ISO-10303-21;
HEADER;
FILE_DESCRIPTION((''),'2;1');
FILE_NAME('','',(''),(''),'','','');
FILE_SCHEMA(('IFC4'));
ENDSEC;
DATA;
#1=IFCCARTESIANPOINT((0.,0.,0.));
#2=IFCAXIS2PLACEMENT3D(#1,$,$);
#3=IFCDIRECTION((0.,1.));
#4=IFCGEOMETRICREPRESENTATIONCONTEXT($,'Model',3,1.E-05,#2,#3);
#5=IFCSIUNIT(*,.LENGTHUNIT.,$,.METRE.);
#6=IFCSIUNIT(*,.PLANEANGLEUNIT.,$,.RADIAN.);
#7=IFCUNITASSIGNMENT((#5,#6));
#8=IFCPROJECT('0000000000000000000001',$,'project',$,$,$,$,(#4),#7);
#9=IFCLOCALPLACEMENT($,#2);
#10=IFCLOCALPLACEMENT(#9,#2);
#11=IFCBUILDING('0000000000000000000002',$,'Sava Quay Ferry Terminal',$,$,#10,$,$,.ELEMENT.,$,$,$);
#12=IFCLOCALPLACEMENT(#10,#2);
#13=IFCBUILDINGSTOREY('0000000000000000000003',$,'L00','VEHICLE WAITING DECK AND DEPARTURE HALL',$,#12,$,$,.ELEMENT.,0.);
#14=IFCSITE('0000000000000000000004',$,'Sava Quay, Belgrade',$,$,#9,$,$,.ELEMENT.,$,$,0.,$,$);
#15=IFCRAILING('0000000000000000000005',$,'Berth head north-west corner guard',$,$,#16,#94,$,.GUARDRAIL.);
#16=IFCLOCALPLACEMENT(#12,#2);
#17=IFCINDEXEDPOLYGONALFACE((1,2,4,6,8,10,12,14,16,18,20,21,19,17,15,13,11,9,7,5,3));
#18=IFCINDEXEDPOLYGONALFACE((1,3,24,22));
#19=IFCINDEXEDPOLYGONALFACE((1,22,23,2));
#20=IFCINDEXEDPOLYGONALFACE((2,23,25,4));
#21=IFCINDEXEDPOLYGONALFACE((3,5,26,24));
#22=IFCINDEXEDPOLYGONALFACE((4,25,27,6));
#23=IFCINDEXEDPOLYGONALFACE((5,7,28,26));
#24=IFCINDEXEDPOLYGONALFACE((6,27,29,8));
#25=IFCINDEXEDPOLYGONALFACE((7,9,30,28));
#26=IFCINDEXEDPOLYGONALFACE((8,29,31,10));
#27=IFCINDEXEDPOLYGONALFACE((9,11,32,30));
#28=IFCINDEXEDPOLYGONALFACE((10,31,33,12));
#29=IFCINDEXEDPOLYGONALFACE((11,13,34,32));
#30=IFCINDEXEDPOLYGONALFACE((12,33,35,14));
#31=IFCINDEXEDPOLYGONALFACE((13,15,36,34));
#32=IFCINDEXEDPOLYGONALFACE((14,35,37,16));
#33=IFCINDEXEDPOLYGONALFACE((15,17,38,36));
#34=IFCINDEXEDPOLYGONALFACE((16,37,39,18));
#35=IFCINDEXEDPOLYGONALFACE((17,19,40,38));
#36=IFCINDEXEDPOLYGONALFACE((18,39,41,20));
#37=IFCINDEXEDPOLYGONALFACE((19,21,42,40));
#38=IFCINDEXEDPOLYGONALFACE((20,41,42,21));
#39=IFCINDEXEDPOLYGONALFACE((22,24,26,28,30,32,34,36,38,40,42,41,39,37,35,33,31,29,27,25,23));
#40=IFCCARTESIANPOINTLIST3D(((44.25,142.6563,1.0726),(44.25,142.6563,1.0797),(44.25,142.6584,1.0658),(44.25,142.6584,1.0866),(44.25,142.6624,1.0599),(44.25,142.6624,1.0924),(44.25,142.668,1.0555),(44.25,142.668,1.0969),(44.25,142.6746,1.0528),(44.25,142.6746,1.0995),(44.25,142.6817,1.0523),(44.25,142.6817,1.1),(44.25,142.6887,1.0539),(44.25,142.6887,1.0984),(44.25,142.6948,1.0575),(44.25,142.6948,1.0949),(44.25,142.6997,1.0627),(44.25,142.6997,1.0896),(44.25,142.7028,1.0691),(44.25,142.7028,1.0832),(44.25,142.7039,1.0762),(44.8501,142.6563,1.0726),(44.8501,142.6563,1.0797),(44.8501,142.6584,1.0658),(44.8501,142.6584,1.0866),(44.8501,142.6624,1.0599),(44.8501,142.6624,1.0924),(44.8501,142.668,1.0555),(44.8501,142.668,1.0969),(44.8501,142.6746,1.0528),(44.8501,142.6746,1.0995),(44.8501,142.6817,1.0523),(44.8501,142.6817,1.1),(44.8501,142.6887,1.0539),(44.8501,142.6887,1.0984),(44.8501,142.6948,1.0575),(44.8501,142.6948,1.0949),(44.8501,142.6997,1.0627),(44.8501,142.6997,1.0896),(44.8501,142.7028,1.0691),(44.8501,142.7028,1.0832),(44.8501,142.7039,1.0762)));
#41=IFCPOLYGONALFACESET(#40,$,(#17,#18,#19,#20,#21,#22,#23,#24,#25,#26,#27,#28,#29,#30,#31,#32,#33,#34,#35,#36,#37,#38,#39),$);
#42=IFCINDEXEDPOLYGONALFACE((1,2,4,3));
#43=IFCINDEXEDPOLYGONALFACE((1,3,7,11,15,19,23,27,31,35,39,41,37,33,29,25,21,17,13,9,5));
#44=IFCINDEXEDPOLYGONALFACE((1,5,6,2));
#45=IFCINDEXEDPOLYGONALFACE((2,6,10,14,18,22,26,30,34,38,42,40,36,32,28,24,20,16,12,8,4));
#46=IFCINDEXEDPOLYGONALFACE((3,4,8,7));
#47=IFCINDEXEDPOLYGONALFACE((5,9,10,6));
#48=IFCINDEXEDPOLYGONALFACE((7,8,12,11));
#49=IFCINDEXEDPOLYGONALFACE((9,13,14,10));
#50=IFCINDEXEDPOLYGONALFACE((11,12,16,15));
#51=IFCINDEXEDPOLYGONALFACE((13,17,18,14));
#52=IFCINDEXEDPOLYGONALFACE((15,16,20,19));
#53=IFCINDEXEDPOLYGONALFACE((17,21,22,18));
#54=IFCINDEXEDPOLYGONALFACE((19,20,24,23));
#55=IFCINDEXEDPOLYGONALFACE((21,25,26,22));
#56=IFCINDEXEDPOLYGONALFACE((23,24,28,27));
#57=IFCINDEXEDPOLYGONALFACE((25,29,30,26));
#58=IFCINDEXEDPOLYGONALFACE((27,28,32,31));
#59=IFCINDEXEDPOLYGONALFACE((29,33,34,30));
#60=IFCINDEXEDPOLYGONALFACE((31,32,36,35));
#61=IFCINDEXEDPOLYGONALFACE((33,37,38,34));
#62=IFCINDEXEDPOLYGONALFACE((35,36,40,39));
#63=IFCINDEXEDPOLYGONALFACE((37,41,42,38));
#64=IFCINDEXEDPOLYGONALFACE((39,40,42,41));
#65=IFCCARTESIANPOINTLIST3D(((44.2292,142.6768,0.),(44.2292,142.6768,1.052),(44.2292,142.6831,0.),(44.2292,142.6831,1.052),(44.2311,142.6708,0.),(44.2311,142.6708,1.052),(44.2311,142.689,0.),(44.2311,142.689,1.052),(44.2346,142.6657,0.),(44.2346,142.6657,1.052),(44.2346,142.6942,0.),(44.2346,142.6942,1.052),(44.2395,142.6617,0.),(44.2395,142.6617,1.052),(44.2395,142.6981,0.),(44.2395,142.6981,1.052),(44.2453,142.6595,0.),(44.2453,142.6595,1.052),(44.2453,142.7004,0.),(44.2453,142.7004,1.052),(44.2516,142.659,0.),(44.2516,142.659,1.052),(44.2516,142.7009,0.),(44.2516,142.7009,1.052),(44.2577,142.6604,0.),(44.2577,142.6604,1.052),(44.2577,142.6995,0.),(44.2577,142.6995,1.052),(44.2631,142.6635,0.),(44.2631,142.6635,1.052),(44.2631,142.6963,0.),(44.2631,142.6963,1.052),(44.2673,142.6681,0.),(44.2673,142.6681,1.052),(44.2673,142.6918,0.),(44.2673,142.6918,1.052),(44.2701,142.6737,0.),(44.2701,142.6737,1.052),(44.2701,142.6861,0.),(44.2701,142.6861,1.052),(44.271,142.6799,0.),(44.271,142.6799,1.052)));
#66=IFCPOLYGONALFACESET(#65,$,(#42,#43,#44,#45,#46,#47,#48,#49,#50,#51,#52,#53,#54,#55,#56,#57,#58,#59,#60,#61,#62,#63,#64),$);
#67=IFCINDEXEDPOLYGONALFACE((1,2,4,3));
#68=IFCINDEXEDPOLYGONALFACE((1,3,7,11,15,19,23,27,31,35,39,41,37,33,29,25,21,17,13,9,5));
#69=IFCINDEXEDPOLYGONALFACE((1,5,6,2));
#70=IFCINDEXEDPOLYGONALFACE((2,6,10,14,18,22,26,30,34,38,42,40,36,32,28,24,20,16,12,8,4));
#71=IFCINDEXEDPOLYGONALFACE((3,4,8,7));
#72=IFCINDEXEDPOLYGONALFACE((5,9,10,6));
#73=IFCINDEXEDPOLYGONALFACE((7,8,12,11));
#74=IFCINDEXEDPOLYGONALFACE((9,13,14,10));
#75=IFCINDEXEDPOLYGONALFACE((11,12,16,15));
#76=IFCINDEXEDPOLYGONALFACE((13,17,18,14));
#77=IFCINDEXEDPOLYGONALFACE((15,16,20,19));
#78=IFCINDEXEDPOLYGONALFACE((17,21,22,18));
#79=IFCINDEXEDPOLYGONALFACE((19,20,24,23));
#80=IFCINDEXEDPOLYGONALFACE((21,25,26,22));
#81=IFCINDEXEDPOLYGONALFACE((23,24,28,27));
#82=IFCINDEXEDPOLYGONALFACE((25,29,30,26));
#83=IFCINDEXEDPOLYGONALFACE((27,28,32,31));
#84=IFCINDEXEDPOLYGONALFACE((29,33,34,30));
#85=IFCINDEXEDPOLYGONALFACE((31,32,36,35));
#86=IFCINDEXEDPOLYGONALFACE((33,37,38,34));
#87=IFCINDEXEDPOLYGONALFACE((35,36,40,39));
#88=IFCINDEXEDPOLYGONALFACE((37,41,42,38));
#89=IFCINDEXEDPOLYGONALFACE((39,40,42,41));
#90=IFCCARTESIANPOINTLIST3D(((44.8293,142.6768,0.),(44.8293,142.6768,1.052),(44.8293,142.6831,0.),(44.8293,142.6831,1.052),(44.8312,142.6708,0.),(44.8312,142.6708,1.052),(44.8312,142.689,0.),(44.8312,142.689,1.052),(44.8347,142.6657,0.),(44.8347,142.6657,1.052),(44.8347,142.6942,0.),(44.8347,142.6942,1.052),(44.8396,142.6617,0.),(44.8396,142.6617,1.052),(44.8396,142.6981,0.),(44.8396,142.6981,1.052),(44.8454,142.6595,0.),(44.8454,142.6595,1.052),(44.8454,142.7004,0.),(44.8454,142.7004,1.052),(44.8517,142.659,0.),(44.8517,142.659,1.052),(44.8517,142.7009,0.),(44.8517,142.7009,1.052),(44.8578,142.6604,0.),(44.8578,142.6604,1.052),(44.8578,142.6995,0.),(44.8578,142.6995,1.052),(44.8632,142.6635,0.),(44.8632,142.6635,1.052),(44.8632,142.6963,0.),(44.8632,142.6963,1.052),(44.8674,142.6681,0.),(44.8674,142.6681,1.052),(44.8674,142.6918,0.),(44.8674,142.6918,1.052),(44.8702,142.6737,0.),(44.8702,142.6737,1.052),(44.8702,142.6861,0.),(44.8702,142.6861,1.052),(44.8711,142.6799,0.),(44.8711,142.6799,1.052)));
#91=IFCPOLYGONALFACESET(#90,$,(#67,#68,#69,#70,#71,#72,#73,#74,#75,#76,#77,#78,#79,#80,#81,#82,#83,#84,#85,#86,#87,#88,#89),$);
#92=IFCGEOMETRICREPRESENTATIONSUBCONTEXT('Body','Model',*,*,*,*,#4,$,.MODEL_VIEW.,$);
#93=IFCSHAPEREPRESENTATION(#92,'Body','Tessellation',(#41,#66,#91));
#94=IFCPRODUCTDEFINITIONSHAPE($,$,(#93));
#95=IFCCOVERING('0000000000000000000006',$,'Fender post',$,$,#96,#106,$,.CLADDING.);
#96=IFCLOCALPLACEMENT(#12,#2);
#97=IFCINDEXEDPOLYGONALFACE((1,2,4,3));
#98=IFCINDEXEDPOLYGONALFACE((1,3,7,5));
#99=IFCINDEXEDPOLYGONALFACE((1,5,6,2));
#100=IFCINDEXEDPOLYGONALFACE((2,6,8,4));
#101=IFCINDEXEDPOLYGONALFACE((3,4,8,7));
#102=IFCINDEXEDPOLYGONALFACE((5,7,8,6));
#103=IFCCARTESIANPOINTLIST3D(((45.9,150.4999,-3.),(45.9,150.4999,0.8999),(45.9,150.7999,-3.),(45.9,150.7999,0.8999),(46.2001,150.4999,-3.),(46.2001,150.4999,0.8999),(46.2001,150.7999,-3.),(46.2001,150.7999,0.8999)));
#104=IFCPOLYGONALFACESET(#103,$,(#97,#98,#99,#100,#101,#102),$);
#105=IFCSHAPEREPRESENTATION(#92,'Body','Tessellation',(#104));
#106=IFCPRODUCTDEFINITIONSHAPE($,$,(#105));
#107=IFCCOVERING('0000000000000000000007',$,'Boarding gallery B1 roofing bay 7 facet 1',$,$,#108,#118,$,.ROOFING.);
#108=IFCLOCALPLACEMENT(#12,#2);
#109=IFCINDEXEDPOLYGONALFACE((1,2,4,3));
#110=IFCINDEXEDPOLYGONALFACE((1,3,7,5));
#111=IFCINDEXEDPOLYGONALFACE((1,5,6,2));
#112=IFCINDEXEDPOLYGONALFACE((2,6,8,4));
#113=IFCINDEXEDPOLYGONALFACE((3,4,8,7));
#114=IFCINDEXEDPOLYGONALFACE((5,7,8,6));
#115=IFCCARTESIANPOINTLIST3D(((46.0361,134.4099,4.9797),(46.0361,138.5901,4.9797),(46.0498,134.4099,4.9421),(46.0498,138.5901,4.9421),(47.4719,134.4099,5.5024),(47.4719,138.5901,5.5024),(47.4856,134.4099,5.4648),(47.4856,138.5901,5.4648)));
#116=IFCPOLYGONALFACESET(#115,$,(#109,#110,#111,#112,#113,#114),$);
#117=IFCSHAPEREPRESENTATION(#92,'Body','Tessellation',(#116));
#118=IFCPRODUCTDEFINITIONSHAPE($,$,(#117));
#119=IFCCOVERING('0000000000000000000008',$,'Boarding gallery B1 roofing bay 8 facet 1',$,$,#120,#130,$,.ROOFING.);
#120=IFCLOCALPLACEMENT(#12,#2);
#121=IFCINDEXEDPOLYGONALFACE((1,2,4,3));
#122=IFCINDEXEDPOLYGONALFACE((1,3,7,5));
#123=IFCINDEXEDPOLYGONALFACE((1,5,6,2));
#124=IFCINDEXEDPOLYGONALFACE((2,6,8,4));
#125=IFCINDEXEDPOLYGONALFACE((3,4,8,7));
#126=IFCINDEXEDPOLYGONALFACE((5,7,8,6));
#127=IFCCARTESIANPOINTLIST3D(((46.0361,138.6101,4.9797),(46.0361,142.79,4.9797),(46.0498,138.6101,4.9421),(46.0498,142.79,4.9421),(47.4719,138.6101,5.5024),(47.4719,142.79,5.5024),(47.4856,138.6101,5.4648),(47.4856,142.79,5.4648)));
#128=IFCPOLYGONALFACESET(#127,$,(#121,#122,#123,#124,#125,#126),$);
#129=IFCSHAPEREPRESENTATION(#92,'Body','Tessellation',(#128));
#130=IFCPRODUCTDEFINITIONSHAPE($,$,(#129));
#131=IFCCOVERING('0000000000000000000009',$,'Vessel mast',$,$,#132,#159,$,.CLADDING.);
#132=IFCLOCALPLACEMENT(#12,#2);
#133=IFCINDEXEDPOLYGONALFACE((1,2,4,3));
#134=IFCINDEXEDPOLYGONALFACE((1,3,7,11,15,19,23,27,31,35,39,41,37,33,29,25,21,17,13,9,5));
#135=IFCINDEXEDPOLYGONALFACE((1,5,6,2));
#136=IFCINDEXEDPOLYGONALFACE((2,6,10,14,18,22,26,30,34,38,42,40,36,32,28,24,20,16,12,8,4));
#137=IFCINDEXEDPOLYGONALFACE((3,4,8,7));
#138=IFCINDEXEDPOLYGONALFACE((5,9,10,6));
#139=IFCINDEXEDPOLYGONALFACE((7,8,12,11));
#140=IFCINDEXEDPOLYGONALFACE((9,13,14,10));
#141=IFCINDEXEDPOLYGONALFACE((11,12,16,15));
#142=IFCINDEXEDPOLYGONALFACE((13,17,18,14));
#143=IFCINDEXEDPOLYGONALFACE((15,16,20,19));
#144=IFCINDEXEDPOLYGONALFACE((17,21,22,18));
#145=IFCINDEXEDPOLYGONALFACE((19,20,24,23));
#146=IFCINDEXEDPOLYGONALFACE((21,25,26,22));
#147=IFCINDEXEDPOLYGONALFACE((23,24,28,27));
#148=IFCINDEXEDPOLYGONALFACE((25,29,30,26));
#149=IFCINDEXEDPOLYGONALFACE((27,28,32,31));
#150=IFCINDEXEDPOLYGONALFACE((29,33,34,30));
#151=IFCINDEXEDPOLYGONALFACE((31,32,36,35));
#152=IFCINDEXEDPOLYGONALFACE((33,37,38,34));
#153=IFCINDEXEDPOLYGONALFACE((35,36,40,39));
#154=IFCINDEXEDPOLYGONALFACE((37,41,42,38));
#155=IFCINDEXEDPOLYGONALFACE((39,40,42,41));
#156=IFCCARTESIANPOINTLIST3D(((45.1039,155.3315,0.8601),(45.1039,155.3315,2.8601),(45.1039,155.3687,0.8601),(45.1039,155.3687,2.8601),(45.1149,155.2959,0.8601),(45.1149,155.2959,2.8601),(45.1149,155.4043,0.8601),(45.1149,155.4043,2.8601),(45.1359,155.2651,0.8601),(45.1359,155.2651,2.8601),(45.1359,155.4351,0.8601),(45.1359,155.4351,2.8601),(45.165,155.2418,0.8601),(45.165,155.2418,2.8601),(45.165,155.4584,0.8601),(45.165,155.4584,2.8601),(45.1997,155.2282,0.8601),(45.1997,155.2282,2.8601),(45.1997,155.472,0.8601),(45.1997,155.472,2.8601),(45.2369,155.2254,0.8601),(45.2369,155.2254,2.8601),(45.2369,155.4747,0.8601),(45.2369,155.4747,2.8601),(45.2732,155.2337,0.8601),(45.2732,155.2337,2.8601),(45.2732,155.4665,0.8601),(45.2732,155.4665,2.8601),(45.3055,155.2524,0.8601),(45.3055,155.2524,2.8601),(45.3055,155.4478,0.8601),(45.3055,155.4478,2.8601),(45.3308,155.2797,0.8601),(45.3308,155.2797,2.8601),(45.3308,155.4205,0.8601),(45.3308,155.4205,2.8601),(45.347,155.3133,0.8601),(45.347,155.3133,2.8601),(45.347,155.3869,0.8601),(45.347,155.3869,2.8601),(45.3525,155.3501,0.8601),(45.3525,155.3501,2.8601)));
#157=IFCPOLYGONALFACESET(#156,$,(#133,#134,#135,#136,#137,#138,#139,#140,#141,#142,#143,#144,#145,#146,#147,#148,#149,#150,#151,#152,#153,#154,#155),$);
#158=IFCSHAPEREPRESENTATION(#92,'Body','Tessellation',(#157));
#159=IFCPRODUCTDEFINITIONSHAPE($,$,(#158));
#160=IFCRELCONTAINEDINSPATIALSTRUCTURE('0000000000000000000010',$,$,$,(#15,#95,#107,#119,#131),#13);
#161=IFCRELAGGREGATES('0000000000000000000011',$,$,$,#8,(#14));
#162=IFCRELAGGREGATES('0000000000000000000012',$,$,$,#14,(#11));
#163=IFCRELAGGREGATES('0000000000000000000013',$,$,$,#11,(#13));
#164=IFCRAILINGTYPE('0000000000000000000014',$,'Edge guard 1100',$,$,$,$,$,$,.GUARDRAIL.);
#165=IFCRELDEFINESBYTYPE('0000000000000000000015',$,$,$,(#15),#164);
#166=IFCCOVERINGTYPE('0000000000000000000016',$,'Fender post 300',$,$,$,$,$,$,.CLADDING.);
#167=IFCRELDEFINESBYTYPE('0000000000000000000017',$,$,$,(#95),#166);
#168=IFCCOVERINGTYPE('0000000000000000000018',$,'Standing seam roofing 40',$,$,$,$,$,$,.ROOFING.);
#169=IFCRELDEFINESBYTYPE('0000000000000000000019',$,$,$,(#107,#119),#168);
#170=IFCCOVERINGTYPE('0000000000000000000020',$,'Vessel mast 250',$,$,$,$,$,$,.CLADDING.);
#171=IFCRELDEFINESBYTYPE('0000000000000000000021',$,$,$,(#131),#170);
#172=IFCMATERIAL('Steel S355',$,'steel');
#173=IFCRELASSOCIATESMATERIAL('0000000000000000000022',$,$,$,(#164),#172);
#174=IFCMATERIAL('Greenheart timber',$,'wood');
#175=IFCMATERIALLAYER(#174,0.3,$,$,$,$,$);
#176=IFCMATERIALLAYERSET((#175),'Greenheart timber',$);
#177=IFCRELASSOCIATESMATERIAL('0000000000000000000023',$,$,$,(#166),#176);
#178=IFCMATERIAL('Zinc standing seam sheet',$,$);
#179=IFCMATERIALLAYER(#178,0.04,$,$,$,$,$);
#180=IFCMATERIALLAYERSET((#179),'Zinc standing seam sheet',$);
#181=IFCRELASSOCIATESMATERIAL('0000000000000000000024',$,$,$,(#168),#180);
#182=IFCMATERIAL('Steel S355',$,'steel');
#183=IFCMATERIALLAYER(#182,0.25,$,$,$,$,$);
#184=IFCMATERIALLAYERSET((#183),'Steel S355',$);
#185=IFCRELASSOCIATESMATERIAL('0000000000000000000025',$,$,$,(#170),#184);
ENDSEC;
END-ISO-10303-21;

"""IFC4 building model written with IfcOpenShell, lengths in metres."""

from ifc_helpers import new_model, si_unit, direction, frame, origin, origin_2d, place, context, subcontext, project, spatial, polyline, rectangle, circle, outline, extrude, material, layer, layer_set, type_object, element, save


model = new_model("IFC4")

# Units and contexts
model_context = context("Model", 3, precision=1e-05, world=origin(), true_north=direction((0.0, 1.0)))
body_context = subcontext(model_context, "Body", "Model", "MODEL_VIEW")
ifc_project = project(units=[si_unit("LENGTHUNIT", "METRE"), si_unit("PLANEANGLEUNIT", "RADIAN")], contexts=[model_context])

# Site, building, storey
site_placement = place(None, origin())
site = spatial("IfcSite", under=ifc_project, at=site_placement, Name="Sava Quay, Belgrade", CompositionType="ELEMENT", RefElevation=0.0)
building_placement = place(site_placement, origin())
building = spatial("IfcBuilding", under=site, at=building_placement, Name="Sava Quay Ferry Terminal", CompositionType="ELEMENT")
storey_placement = place(building_placement, origin())
storey = spatial("IfcBuildingStorey", under=building, at=storey_placement, Name="L00", Description="VEHICLE WAITING DECK AND DEPARTURE HALL", CompositionType="ELEMENT", Elevation=0.0)

# Railing
ifc_material_1 = material(Name="Steel S355", Category="steel")
railing_type = type_object("IfcRailingType", Name="Edge guard 1100", PredefinedType="GUARDRAIL", material=ifc_material_1)
railing_1_placement = place(storey_placement, frame((44.25, 142.6799, 0.0)))
element("IfcRailing", 1, at=railing_1_placement, inside=storey, type_object=railing_type, Name="Berth head north-west corner guard", PredefinedType="GUARDRAIL", context=body_context, shape_type="SweptSolid", body=[
    extrude(circle(Radius=0.0239, at=origin_2d()), frame((0.0, 0.0, 1.0762), z_axis=(1.0, 0.0, 0.0), x_axis=(0.0, 1.0, 0.0)), (0.0, 0.0, 1.0), 0.6001),
    extrude(circle(Radius=0.021, at=origin_2d()), origin(), (0.0, 0.0, 1.0), 1.052),
    extrude(circle(Radius=0.021, at=origin_2d()), frame((0.6001, 0.0, 0.0)), (0.0, 0.0, 1.0), 1.052),
])

# Coverings
ifc_material_2 = material(Name="Greenheart timber", Category="wood")
ifc_layer_1 = layer(ifc_material_2, 0.3)
ifc_layer_set_1 = layer_set([ifc_layer_1], Name="Greenheart timber")
covering_type_1 = type_object("IfcCoveringType", Name="Fender post 300", PredefinedType="CLADDING", material=ifc_layer_set_1)
covering_1_placement = place(storey_placement, frame((46.05, 150.6499, -3.0), z_axis=(0.0, 0.0, 1.0), x_axis=(1.0, 0.0, 0.0)))
element("IfcCovering", 2, at=covering_1_placement, inside=storey, type_object=covering_type_1, Name="Fender post", PredefinedType="CLADDING", context=body_context, shape_type="SweptSolid", body=[
    extrude(rectangle(XDim=0.3, YDim=0.3, at=origin_2d()), origin(), (0.0, 0.0, 1.0), 3.8999),
])
ifc_material_3 = material(Name="Zinc standing seam sheet")
ifc_layer_2 = layer(ifc_material_3, 0.04)
ifc_layer_set_2 = layer_set([ifc_layer_2], Name="Zinc standing seam sheet")
covering_type_2 = type_object("IfcCoveringType", Name="Standing seam roofing 40", PredefinedType="ROOFING", material=ifc_layer_set_2)
covering_2_placement = place(storey_placement, frame((46.0361, 134.4099, 4.9797), z_axis=(-0.342089, 0.0, 0.939667), x_axis=(0.939667, 0.0, 0.342089)))
element("IfcCovering", 3, at=covering_2_placement, inside=storey, type_object=covering_type_2, Name="Boarding gallery B1 roofing bay 7 facet 1", PredefinedType="ROOFING", context=body_context, shape_type="SweptSolid", body=[
    extrude(outline(polyline([(0.0, 0.0), (1.528, 0.0), (1.528, 4.1802), (0.0, 4.1802), (0.0, 0.0)])), origin(), (0.0, 0.0, -1.0), 0.04),
])
covering_3_placement = place(storey_placement, frame((46.0361, 138.6101, 4.9797), z_axis=(-0.342089, 0.0, 0.939667), x_axis=(0.939667, 0.0, 0.342089)))
element("IfcCovering", 4, at=covering_3_placement, inside=storey, type_object=covering_type_2, Name="Boarding gallery B1 roofing bay 8 facet 1", PredefinedType="ROOFING", context=body_context, shape_type="SweptSolid", body=[
    extrude(outline(polyline([(0.0, 0.0), (1.528, 0.0), (1.528, 4.1799), (0.0, 4.1799), (0.0, 0.0)])), origin(), (0.0, 0.0, -1.0), 0.04),
])
ifc_material_4 = material(Name="Steel S355", Category="steel")
ifc_layer_3 = layer(ifc_material_4, 0.25)
ifc_layer_set_3 = layer_set([ifc_layer_3], Name="Steel S355")
covering_type_3 = type_object("IfcCoveringType", Name="Vessel mast 250", PredefinedType="CLADDING", material=ifc_layer_set_3)
covering_4_placement = place(storey_placement, frame((45.2275, 155.3501, 2.8601), z_axis=(0.0, 0.0, -1.0), x_axis=(1.0, 0.0, 0.0)))
element("IfcCovering", 5, at=covering_4_placement, inside=storey, type_object=covering_type_3, Name="Vessel mast", PredefinedType="CLADDING", context=body_context, shape_type="SweptSolid", body=[
    extrude(circle(Radius=0.125, at=origin_2d()), origin(), (0.0, 0.0, 1.0), 2.0),
])

save(model, "model.ifc")
